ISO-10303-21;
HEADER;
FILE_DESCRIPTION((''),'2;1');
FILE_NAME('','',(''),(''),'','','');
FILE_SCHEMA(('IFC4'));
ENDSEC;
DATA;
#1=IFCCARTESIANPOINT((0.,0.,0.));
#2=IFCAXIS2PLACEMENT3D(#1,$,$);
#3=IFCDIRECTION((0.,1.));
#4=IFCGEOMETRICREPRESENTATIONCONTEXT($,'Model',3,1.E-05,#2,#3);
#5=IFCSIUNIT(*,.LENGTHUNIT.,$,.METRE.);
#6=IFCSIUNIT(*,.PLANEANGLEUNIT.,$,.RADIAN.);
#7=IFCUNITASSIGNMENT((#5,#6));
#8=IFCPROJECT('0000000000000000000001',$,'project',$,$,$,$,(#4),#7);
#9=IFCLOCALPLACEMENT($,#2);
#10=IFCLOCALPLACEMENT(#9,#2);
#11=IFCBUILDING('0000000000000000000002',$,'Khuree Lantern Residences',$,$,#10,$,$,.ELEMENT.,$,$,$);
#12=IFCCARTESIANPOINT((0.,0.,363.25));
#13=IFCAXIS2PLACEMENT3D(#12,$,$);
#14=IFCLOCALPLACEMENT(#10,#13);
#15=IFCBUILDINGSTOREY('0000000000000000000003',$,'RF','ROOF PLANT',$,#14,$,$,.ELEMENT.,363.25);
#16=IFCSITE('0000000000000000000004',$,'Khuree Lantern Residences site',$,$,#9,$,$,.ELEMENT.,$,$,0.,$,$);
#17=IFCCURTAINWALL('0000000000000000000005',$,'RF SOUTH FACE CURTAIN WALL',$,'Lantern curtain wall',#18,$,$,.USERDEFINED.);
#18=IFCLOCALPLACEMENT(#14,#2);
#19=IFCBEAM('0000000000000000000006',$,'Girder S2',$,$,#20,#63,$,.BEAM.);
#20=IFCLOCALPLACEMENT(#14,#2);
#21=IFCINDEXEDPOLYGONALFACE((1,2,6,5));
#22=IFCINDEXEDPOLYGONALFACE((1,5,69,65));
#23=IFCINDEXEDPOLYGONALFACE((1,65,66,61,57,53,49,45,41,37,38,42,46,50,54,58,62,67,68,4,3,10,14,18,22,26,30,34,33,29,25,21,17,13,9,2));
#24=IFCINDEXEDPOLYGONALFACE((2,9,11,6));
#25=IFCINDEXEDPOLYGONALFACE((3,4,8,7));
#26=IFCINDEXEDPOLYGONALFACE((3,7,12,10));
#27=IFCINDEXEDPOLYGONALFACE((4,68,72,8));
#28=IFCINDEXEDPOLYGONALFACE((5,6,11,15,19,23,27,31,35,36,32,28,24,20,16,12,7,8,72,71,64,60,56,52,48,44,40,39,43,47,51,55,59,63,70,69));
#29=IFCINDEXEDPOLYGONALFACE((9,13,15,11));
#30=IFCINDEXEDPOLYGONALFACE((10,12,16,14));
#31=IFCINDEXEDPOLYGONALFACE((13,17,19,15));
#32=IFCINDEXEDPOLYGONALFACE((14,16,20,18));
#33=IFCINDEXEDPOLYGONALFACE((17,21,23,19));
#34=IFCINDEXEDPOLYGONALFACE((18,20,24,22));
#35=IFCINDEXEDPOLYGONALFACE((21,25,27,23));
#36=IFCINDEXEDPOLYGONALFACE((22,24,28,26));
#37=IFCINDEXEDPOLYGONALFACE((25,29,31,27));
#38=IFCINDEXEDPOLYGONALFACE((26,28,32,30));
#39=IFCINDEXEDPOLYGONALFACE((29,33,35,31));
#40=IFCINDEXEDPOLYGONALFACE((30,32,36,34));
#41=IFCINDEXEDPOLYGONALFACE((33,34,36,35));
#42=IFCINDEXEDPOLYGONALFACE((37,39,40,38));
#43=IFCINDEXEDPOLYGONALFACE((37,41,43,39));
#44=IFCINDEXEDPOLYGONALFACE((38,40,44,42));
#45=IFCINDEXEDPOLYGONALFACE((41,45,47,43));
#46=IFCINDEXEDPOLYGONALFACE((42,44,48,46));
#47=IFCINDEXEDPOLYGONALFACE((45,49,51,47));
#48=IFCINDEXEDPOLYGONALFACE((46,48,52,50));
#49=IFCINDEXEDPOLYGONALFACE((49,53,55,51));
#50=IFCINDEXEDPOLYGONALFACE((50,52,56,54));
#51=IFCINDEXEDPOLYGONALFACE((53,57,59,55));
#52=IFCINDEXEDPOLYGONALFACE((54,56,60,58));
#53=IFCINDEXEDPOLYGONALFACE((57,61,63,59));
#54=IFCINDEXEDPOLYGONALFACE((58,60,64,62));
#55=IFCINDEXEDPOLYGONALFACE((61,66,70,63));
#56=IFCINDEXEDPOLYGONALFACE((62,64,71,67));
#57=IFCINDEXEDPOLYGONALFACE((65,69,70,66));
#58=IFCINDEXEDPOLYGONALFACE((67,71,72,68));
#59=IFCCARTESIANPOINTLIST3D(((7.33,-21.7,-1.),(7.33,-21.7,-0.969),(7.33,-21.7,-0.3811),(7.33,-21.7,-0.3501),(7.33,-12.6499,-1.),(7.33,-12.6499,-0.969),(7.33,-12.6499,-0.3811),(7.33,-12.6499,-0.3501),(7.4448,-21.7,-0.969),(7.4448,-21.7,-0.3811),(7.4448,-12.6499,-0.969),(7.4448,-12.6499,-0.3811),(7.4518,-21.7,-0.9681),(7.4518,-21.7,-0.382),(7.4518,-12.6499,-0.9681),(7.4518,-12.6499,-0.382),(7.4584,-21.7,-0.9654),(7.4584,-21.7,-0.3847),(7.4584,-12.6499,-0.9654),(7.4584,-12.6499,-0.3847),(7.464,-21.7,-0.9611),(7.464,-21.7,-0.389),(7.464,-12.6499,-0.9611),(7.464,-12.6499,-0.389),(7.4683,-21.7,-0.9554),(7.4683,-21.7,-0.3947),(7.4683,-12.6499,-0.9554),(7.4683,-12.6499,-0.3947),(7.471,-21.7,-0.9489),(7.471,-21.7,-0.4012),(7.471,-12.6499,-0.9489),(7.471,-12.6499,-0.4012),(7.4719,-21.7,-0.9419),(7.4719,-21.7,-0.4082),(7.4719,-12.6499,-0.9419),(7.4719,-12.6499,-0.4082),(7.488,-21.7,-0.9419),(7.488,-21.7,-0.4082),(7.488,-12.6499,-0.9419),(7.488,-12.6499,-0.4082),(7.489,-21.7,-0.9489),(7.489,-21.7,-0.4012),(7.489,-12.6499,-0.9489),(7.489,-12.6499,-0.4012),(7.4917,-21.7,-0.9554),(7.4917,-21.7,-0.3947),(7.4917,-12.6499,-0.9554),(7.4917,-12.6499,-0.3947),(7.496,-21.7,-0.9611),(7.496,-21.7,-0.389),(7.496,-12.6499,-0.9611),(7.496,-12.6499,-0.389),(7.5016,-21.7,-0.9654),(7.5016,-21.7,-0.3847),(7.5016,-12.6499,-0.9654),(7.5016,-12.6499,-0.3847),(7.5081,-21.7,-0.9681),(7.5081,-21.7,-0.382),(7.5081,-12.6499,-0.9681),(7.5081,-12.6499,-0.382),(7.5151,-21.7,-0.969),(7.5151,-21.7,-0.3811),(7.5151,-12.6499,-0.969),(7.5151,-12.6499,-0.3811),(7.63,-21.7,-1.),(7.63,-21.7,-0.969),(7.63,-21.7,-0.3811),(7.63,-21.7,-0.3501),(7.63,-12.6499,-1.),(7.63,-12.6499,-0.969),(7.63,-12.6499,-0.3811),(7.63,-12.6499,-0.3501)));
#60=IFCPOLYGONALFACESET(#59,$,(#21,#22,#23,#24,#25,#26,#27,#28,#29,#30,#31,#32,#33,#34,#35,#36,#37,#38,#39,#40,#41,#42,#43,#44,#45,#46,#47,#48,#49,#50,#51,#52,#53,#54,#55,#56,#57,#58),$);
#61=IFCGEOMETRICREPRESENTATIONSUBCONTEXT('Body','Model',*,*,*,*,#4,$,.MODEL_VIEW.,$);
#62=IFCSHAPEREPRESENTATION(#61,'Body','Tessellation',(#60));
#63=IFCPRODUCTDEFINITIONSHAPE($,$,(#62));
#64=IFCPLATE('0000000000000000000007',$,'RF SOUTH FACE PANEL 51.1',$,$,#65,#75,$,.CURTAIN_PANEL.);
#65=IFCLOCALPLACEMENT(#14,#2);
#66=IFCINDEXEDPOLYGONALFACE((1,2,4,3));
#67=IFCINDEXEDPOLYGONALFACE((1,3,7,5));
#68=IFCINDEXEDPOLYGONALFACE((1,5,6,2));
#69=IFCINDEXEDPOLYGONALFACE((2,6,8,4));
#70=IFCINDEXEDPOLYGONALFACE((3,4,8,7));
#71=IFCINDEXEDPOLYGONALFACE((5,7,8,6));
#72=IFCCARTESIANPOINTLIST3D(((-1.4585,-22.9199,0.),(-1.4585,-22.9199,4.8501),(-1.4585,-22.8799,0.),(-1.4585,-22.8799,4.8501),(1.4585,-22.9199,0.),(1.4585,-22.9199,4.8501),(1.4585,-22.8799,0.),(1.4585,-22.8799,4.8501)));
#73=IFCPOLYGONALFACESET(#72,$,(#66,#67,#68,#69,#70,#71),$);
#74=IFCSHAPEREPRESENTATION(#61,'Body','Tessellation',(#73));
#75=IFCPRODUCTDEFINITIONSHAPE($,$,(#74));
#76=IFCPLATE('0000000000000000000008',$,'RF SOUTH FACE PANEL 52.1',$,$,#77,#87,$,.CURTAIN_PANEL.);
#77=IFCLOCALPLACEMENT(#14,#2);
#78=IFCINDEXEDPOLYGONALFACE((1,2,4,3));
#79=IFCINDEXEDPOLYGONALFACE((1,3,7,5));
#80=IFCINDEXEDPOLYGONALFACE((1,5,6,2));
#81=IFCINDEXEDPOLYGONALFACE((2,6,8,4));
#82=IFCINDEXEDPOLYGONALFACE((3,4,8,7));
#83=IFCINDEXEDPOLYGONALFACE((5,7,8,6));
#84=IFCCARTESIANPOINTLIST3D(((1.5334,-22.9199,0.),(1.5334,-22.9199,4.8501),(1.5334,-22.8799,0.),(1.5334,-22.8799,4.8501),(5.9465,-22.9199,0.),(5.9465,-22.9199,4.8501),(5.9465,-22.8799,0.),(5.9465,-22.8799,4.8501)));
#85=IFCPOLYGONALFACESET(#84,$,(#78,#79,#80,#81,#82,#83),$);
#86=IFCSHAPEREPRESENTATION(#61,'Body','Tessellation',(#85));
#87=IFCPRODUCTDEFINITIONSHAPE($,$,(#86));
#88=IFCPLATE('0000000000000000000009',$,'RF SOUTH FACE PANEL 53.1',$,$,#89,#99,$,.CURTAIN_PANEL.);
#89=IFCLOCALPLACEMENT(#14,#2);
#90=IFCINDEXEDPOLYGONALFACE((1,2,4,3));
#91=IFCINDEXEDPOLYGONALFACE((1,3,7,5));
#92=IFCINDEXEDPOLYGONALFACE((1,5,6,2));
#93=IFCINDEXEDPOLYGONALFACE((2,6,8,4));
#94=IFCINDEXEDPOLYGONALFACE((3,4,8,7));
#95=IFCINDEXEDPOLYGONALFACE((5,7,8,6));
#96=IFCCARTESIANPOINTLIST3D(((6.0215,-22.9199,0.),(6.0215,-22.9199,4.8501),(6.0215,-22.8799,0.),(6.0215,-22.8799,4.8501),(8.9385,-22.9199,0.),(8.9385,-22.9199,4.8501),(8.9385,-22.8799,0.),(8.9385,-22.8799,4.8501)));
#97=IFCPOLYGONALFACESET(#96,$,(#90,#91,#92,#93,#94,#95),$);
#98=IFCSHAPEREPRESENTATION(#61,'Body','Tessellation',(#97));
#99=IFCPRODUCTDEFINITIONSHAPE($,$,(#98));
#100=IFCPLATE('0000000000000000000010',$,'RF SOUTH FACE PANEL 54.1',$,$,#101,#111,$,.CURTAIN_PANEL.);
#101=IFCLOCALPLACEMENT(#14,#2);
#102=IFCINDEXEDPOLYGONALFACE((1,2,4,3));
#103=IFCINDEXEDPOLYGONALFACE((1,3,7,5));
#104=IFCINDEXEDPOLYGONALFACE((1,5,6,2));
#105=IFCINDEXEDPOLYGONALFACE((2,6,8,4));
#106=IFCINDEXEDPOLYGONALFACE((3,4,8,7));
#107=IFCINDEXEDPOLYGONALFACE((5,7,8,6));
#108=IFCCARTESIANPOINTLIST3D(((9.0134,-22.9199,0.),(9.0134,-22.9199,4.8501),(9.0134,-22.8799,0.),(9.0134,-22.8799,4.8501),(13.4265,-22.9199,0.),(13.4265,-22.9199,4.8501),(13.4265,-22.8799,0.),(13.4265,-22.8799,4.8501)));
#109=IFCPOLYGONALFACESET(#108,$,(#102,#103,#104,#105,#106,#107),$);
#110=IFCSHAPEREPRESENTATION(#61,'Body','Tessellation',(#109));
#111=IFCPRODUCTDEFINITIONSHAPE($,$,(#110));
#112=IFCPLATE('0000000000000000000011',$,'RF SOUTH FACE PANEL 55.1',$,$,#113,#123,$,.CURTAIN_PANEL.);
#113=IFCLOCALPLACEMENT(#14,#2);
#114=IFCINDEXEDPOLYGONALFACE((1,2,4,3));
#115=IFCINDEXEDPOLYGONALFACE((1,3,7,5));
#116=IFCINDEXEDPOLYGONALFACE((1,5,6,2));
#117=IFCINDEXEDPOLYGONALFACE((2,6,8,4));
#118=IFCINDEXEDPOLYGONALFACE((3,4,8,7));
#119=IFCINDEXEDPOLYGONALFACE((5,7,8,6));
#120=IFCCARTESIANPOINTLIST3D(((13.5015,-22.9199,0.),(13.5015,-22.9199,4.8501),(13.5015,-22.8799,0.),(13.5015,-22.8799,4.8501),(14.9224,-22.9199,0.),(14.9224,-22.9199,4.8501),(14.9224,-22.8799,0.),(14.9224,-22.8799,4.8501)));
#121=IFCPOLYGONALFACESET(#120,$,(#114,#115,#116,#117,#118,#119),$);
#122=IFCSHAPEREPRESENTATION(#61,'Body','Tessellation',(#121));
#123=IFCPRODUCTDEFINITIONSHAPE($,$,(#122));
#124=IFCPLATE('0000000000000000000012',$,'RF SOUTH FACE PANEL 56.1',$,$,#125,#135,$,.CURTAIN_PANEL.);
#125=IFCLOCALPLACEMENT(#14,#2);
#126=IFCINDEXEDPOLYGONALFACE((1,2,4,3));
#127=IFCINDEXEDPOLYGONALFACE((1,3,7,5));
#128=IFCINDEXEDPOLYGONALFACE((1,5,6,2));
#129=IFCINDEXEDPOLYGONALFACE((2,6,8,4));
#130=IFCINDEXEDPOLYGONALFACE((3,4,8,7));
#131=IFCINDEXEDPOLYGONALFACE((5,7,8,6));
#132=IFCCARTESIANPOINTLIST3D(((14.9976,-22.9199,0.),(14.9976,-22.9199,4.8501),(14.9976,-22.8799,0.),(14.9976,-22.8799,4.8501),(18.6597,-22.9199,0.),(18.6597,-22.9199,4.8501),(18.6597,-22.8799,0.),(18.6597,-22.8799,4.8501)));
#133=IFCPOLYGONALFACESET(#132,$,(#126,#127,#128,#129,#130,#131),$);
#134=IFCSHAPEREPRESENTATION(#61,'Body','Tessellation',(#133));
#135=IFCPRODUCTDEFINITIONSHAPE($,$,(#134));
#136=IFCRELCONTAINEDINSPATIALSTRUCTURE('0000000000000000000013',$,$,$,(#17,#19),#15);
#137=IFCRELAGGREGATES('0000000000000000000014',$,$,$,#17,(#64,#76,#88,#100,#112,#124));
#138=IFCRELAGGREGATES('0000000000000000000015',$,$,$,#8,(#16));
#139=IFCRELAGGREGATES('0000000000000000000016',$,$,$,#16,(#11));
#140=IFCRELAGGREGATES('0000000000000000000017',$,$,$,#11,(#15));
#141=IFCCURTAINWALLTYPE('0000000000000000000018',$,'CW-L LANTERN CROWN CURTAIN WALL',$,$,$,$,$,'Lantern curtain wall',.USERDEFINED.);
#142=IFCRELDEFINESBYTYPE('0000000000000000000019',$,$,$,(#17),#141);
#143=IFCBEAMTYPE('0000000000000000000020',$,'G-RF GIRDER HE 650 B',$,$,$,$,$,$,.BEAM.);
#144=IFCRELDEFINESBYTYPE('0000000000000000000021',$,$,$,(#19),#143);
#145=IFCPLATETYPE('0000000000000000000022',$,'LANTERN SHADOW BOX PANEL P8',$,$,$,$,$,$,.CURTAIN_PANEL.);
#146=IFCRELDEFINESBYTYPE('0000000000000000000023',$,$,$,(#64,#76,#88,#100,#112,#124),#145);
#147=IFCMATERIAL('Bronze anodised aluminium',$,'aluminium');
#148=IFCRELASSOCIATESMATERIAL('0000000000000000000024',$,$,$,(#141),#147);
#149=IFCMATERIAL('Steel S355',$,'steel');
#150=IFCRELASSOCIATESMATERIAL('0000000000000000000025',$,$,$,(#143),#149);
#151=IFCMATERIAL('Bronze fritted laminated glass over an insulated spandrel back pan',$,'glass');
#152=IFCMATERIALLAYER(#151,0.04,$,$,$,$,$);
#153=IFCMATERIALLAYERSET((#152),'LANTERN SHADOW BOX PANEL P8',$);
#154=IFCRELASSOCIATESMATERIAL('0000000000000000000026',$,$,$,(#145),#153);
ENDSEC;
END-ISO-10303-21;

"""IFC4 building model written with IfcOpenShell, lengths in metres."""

from ifc_helpers import new_model, si_unit, direction, frame, origin, origin_2d, place, context, subcontext, project, spatial, rectangle, i_section, extrude, material, layer, layer_set, material_profile, profile_set, type_object, element, aggregate, save


model = new_model("IFC4")

# Units and contexts
model_context = context("Model", 3, precision=1e-05, world=origin(), true_north=direction((0.0, 1.0)))
body_context = subcontext(model_context, "Body", "Model", "MODEL_VIEW")
ifc_project = project(units=[si_unit("LENGTHUNIT", "METRE"), si_unit("PLANEANGLEUNIT", "RADIAN")], contexts=[model_context])

# Site, building, storey
site_placement = place(None, origin())
site = spatial("IfcSite", under=ifc_project, at=site_placement, Name="Khuree Lantern Residences site", CompositionType="ELEMENT", RefElevation=0.0)
building_placement = place(site_placement, origin())
building = spatial("IfcBuilding", under=site, at=building_placement, Name="Khuree Lantern Residences", CompositionType="ELEMENT")
storey_placement = place(building_placement, frame((0.0, 0.0, 363.25)))
storey = spatial("IfcBuildingStorey", under=building, at=storey_placement, Name="RF", Description="ROOF PLANT", CompositionType="ELEMENT", Elevation=363.25)

# Shared definitions
ifc_material_1 = material(Name="Steel S355", Category="steel")

# Curtain wall
ifc_material_2 = material(Name="Bronze anodised aluminium", Category="aluminium")
curtain_wall_type = type_object("IfcCurtainWallType", Name="CW-L LANTERN CROWN CURTAIN WALL", ElementType="Lantern curtain wall", PredefinedType="USERDEFINED", material=ifc_material_2)
curtain_wall_placement = place(storey_placement, origin())
curtain_wall = element("IfcCurtainWall", 1, at=curtain_wall_placement, inside=storey, type_object=curtain_wall_type, Name="RF SOUTH FACE CURTAIN WALL", ObjectType="Lantern curtain wall", PredefinedType="USERDEFINED")

# Beam
ifc_material_profile_1 = material_profile(ifc_material_1, i_section(OverallWidth=0.3, OverallDepth=0.6499, WebThickness=0.0161, FlangeThickness=0.031, FilletRadius=0.0271, at=origin_2d()), Name="HE 650 B")
ifc_profile_set_1 = profile_set([ifc_material_profile_1], Name="Steel S355")
beam_type_1 = type_object("IfcBeamType", Name="G-RF GIRDER HE 650 B", PredefinedType="BEAM", material=ifc_profile_set_1)
beam_1_placement = place(storey_placement, frame((7.48, -21.7, -0.675), z_axis=(0.0, 1.0, 0.0), x_axis=(-1.0, 0.0, 0.0)))
element("IfcBeam", 2, at=beam_1_placement, inside=storey, type_object=beam_type_1, Name="Girder S2", PredefinedType="BEAM", context=body_context, shape_type="SweptSolid", body=[
    extrude(i_section(OverallWidth=0.3, OverallDepth=0.6499, WebThickness=0.0161, FlangeThickness=0.031, FilletRadius=0.0271, at=origin_2d()), origin(), (0.0, 0.0, 1.0), 9.05),
])

# Plates
ifc_material_3 = material(Name="Bronze fritted laminated glass over an insulated spandrel back pan", Category="glass")
ifc_layer = layer(ifc_material_3, 0.04)
ifc_layer_set = layer_set([ifc_layer], Name="LANTERN SHADOW BOX PANEL P8")
plate_type = type_object("IfcPlateType", Name="LANTERN SHADOW BOX PANEL P8", PredefinedType="CURTAIN_PANEL", material=ifc_layer_set)
plate_1_placement = place(storey_placement, frame((0.0, -22.8999, 0.0), z_axis=(0.0, 0.0, 1.0), x_axis=(1.0, 0.0, 0.0)))
plate_1 = element("IfcPlate", 3, at=plate_1_placement, type_object=plate_type, Name="RF SOUTH FACE PANEL 51.1", PredefinedType="CURTAIN_PANEL", context=body_context, shape_type="SweptSolid", body=[
    extrude(rectangle(XDim=2.917, YDim=0.04, at=origin_2d()), origin(), (0.0, 0.0, 1.0), 4.8501),
])
plate_2_placement = place(storey_placement, frame((3.74, -22.8999, 0.0), z_axis=(0.0, 0.0, 1.0), x_axis=(1.0, 0.0, 0.0)))
plate_2 = element("IfcPlate", 4, at=plate_2_placement, type_object=plate_type, Name="RF SOUTH FACE PANEL 52.1", PredefinedType="CURTAIN_PANEL", context=body_context, shape_type="SweptSolid", body=[
    extrude(rectangle(XDim=4.4131, YDim=0.04, at=origin_2d()), origin(), (0.0, 0.0, 1.0), 4.8501),
])
plate_3_placement = place(storey_placement, frame((7.48, -22.8999, 0.0), z_axis=(0.0, 0.0, 1.0), x_axis=(1.0, 0.0, 0.0)))
plate_3 = element("IfcPlate", 5, at=plate_3_placement, type_object=plate_type, Name="RF SOUTH FACE PANEL 53.1", PredefinedType="CURTAIN_PANEL", context=body_context, shape_type="SweptSolid", body=[
    extrude(rectangle(XDim=2.917, YDim=0.04, at=origin_2d()), origin(), (0.0, 0.0, 1.0), 4.8501),
])
plate_4_placement = place(storey_placement, frame((11.22, -22.8999, 0.0), z_axis=(0.0, 0.0, 1.0), x_axis=(1.0, 0.0, 0.0)))
plate_4 = element("IfcPlate", 6, at=plate_4_placement, type_object=plate_type, Name="RF SOUTH FACE PANEL 54.1", PredefinedType="CURTAIN_PANEL", context=body_context, shape_type="SweptSolid", body=[
    extrude(rectangle(XDim=4.4131, YDim=0.04, at=origin_2d()), origin(), (0.0, 0.0, 1.0), 4.8501),
])
plate_5_placement = place(storey_placement, frame((14.2119, -22.8999, 0.0), z_axis=(0.0, 0.0, 1.0), x_axis=(1.0, 0.0, 0.0)))
plate_5 = element("IfcPlate", 7, at=plate_5_placement, type_object=plate_type, Name="RF SOUTH FACE PANEL 55.1", PredefinedType="CURTAIN_PANEL", context=body_context, shape_type="SweptSolid", body=[
    extrude(rectangle(XDim=1.4209, YDim=0.04, at=origin_2d()), origin(), (0.0, 0.0, 1.0), 4.8501),
])
plate_6_placement = place(storey_placement, frame((16.8286, -22.8999, 0.0), z_axis=(0.0, 0.0, 1.0), x_axis=(1.0, 0.0, 0.0)))
plate_6 = element("IfcPlate", 8, at=plate_6_placement, type_object=plate_type, Name="RF SOUTH FACE PANEL 56.1", PredefinedType="CURTAIN_PANEL", context=body_context, shape_type="SweptSolid", body=[
    extrude(rectangle(XDim=3.6621, YDim=0.04, at=origin_2d()), origin(), (0.0, 0.0, 1.0), 4.8501),
])
aggregate(curtain_wall, [plate_1, plate_2, plate_3, plate_4, plate_5, plate_6])

save(model, "model.ifc")
